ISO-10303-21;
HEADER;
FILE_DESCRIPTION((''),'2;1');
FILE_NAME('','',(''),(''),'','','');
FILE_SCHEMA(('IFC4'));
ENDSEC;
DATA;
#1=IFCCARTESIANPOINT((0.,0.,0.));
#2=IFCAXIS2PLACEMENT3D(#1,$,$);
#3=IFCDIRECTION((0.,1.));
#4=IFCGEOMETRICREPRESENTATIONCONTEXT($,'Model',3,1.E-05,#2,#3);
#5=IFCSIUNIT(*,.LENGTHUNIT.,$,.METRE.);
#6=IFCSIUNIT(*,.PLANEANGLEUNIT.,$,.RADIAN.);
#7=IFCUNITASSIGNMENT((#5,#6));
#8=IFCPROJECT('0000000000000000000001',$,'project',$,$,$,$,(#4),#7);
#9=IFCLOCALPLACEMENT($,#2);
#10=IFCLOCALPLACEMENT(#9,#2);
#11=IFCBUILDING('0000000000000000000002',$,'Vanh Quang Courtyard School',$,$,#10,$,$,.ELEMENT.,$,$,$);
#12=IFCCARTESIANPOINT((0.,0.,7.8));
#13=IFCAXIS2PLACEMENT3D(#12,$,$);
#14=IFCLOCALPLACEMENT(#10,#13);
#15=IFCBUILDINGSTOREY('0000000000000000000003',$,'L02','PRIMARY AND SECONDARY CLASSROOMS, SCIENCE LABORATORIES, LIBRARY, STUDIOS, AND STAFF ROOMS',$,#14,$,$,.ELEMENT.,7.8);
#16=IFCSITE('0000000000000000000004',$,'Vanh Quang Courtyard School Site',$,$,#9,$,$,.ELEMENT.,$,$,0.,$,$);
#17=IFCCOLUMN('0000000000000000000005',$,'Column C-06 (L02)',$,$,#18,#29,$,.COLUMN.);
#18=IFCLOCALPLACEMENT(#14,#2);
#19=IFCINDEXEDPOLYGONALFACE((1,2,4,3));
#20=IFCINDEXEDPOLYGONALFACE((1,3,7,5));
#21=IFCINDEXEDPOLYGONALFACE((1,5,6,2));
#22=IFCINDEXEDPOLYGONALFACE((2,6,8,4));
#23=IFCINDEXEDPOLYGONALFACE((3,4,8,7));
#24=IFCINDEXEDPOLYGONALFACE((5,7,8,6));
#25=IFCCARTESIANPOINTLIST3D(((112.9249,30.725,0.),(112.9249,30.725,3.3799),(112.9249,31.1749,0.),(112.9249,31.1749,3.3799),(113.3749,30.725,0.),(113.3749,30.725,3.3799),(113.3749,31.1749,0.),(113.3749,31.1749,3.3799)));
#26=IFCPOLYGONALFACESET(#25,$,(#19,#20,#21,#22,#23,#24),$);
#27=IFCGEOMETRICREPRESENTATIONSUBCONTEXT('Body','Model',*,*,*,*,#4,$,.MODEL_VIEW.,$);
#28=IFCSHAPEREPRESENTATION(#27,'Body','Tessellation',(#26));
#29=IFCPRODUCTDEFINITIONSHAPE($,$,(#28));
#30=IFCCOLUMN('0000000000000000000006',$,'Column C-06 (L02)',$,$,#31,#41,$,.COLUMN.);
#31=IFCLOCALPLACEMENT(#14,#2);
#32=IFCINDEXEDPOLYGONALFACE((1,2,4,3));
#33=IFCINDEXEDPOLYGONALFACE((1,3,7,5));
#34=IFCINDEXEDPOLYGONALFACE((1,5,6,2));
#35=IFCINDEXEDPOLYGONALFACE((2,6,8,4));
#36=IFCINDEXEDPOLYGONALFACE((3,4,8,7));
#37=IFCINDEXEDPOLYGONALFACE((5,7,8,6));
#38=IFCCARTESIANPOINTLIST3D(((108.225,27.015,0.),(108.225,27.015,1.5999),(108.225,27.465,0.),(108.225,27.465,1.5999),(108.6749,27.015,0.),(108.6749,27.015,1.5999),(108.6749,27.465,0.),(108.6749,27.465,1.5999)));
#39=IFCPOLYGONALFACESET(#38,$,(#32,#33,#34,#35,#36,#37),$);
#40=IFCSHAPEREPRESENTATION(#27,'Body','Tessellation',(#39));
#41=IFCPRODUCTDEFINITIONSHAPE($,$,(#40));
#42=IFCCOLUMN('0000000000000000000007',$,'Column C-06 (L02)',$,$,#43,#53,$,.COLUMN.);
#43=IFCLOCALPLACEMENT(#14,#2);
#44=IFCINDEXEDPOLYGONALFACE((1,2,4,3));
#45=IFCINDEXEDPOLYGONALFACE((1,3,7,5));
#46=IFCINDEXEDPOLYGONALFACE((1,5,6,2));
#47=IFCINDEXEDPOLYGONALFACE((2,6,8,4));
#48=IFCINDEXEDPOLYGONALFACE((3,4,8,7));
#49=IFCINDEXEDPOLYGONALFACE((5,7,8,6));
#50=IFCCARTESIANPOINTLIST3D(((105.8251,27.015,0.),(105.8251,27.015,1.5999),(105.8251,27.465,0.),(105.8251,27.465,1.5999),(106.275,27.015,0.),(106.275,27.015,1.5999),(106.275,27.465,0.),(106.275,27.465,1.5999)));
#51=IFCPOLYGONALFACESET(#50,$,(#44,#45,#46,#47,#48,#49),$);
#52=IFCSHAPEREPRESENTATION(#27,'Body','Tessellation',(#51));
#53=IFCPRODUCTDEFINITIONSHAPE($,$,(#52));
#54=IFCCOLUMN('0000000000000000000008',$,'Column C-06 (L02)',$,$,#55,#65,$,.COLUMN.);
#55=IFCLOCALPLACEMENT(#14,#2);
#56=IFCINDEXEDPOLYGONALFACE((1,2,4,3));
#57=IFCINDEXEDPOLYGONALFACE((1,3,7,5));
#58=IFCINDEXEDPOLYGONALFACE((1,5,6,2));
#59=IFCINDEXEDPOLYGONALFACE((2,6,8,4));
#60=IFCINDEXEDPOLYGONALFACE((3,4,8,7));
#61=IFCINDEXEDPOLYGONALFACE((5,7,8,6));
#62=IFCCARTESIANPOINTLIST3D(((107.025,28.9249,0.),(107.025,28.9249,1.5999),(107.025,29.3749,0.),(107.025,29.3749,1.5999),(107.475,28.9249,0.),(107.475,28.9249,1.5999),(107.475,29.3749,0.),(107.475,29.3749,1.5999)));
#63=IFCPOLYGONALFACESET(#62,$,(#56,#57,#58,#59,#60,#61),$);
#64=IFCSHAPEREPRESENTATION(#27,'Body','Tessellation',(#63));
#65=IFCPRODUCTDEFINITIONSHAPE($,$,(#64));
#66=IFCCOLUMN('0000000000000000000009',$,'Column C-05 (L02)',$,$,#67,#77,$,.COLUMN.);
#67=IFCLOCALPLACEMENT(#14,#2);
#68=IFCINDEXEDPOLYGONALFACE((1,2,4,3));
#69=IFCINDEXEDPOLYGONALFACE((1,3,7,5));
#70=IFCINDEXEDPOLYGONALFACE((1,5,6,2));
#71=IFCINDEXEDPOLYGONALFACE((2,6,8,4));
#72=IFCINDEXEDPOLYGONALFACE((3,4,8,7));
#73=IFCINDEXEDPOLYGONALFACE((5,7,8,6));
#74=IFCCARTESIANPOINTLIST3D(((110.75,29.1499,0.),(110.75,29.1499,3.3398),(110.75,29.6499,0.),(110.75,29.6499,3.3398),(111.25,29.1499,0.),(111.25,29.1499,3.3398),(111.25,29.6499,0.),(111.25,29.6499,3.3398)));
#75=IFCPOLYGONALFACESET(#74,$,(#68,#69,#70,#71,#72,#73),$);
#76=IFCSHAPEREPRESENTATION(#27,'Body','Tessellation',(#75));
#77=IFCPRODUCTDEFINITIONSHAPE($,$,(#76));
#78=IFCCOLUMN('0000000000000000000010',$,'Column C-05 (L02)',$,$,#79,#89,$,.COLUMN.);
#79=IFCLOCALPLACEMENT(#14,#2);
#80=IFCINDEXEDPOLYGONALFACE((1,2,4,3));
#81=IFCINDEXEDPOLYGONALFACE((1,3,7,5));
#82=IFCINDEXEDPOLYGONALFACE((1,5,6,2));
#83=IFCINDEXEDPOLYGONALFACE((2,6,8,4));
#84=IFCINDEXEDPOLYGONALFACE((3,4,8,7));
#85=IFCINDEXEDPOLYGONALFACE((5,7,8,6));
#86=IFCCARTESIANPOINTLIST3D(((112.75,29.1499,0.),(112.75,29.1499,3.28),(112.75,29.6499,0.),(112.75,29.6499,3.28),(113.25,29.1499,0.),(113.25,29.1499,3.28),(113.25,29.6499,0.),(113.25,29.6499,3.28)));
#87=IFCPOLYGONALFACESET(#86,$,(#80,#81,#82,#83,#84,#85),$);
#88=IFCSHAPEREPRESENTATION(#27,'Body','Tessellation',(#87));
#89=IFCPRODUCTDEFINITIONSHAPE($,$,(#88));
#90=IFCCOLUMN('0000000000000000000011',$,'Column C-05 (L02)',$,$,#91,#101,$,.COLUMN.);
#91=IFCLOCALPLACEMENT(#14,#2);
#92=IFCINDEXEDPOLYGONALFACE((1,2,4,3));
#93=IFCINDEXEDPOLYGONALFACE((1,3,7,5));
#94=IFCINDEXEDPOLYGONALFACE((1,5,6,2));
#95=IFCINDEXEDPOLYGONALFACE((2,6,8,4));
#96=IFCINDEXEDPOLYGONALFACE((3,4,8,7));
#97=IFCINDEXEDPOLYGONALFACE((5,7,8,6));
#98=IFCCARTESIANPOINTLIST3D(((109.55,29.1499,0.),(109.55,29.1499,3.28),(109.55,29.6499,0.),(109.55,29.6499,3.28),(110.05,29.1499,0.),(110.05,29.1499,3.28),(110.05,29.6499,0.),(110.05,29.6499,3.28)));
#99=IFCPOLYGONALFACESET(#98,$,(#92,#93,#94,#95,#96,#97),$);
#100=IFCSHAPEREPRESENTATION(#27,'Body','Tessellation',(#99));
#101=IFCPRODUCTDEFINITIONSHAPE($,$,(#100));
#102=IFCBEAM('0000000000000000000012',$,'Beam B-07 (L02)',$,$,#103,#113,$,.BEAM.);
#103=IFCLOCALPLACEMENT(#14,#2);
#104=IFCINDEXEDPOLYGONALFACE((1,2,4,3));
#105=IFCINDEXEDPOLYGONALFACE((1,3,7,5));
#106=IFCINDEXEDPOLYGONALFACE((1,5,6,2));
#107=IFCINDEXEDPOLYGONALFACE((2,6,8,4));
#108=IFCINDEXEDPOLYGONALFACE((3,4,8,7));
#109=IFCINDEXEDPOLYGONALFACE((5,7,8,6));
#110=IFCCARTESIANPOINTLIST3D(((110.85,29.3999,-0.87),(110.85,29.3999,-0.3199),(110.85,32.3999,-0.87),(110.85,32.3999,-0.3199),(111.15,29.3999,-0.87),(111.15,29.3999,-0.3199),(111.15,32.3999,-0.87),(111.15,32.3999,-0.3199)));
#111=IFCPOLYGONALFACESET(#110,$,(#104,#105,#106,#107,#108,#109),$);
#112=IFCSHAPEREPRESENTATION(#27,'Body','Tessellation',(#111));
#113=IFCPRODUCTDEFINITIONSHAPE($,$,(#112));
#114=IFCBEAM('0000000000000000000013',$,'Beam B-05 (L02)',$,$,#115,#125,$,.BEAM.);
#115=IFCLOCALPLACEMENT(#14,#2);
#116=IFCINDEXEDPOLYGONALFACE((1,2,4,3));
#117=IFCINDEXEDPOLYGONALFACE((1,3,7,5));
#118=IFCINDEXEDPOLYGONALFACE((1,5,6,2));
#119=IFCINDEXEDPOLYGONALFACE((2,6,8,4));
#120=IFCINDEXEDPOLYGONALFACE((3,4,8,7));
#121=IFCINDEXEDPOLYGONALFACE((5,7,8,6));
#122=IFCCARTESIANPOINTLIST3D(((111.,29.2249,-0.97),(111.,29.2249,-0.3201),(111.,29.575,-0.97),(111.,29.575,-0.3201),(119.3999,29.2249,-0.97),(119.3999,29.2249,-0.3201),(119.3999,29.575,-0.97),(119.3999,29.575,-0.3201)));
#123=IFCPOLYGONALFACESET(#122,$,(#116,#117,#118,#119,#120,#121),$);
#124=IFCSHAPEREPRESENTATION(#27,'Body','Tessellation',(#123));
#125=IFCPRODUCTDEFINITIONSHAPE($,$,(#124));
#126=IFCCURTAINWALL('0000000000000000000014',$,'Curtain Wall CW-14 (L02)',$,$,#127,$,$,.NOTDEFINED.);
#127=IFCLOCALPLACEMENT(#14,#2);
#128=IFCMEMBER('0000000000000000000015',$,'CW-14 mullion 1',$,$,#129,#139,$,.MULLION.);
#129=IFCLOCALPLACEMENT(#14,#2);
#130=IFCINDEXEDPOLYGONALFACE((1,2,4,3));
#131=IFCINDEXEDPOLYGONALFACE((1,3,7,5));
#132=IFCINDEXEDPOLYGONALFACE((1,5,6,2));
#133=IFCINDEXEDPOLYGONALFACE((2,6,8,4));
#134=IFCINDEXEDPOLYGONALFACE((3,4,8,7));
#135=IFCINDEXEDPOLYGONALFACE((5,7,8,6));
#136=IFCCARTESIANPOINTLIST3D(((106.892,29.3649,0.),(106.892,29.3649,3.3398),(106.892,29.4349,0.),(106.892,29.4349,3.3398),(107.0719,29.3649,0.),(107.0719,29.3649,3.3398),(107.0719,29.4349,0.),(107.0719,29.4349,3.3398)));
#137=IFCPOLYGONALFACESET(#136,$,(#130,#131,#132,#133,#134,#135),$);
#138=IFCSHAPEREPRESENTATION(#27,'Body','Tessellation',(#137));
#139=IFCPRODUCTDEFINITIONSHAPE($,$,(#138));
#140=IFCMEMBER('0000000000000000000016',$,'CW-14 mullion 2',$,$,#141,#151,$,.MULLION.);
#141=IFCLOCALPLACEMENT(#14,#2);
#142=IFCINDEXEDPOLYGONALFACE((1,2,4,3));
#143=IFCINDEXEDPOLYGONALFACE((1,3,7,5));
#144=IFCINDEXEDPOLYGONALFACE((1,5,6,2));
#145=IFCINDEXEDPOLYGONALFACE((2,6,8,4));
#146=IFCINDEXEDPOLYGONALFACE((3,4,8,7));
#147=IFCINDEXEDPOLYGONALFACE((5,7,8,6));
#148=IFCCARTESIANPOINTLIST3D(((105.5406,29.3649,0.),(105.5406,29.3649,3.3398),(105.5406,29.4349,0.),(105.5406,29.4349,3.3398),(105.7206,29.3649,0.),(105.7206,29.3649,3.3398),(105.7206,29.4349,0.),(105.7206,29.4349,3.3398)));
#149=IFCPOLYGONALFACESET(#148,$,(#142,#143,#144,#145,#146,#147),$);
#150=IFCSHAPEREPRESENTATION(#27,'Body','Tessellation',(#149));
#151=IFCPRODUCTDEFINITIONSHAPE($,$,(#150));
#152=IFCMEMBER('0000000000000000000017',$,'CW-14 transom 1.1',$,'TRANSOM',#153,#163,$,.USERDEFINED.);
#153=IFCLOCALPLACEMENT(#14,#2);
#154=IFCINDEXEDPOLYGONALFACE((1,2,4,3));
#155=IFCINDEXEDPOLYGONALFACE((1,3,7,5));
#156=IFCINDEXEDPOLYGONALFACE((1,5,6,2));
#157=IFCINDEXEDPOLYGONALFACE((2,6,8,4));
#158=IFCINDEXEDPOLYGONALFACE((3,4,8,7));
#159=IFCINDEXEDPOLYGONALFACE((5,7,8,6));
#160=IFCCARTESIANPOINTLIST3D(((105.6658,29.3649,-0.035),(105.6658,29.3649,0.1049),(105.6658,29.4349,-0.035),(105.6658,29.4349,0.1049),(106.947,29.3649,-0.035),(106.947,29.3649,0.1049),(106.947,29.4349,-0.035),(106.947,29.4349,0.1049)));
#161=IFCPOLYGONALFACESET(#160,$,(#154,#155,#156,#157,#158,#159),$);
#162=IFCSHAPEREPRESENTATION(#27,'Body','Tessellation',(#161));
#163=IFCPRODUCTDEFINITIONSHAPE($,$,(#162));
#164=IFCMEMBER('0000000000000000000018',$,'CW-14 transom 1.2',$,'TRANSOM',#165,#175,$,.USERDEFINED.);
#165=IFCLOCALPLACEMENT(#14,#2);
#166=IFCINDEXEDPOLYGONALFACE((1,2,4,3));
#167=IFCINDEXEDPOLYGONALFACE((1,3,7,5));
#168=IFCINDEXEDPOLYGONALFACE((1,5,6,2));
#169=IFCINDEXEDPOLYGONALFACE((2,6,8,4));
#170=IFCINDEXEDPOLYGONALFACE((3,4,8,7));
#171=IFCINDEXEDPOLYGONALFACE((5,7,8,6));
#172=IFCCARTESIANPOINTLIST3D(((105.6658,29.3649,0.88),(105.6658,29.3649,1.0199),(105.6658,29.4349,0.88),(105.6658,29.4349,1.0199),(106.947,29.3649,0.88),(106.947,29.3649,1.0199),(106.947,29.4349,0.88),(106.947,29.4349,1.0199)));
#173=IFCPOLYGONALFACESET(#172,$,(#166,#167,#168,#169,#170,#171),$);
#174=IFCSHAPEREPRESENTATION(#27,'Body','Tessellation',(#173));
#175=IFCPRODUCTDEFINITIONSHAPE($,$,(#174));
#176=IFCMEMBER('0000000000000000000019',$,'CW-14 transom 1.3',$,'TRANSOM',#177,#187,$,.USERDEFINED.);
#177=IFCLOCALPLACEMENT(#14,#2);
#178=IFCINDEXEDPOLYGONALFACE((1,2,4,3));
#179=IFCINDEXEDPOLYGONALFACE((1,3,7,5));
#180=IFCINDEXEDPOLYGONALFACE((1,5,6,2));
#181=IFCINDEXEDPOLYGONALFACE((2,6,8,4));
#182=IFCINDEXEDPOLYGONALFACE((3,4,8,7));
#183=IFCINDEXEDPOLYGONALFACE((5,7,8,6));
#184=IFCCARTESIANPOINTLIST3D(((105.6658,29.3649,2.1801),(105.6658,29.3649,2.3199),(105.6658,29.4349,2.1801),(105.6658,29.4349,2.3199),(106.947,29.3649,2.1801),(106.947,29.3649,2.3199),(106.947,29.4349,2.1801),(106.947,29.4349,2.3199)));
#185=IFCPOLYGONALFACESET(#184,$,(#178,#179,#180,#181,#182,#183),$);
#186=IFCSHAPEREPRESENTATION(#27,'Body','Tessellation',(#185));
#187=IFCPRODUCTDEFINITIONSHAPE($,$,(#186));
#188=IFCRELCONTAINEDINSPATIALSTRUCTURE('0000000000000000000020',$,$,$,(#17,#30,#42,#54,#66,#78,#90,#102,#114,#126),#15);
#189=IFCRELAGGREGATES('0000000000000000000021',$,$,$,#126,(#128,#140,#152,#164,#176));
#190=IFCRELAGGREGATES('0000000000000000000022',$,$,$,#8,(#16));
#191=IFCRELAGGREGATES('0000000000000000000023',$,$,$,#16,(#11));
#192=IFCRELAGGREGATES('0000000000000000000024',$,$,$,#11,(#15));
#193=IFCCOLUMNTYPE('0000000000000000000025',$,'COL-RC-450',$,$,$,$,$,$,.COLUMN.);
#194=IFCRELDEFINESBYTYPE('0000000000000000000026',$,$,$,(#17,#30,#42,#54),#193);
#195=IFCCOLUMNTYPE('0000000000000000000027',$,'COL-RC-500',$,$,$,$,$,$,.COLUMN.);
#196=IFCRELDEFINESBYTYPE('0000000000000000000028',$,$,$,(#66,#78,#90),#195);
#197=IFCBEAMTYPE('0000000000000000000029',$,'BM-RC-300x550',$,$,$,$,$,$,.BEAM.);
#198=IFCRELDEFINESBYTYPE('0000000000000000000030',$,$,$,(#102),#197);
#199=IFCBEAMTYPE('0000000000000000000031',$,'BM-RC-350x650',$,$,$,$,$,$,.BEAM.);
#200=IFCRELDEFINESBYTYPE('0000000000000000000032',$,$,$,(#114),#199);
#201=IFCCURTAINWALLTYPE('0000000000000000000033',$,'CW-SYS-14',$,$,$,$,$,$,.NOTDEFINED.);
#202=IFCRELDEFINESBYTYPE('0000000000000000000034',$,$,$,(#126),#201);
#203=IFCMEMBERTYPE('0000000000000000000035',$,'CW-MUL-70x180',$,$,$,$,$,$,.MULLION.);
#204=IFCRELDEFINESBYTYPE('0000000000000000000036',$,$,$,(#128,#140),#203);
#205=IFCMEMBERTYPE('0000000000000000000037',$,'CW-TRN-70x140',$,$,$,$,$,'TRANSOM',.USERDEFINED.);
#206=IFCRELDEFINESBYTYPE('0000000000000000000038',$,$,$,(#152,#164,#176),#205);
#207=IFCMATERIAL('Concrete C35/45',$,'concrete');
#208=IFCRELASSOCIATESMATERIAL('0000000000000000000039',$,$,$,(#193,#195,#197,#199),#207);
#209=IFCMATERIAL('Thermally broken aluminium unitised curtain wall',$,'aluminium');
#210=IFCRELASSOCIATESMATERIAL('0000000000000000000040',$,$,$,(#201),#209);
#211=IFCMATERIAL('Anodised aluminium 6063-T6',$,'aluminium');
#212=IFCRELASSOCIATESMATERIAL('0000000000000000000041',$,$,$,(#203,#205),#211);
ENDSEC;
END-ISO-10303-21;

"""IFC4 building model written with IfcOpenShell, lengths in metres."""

from ifc_helpers import new_model, si_unit, direction, frame, origin, origin_2d, place, context, subcontext, project, spatial, rectangle, extrude, material, material_profile, profile_set, type_object, element, aggregate, save


model = new_model("IFC4")

# Units and contexts
model_context = context("Model", 3, precision=1e-05, world=origin(), true_north=direction((0.0, 1.0)))
body_context = subcontext(model_context, "Body", "Model", "MODEL_VIEW")
ifc_project = project(units=[si_unit("LENGTHUNIT", "METRE"), si_unit("PLANEANGLEUNIT", "RADIAN")], contexts=[model_context])

# Site, building, storey
site_placement = place(None, origin())
site = spatial("IfcSite", under=ifc_project, at=site_placement, Name="Vanh Quang Courtyard School Site", CompositionType="ELEMENT", RefElevation=0.0)
building_placement = place(site_placement, origin())
building = spatial("IfcBuilding", under=site, at=building_placement, Name="Vanh Quang Courtyard School", CompositionType="ELEMENT")
storey_placement = place(building_placement, frame((0.0, 0.0, 7.8)))
storey = spatial("IfcBuildingStorey", under=building, at=storey_placement, Name="L02", Description="PRIMARY AND SECONDARY CLASSROOMS, SCIENCE LABORATORIES, LIBRARY, STUDIOS, AND STAFF ROOMS", CompositionType="ELEMENT", Elevation=7.8)

# Columns
ifc_material_1 = material(Name="Concrete C35/45", Category="concrete")
ifc_material_profile_1 = material_profile(ifc_material_1, rectangle(XDim=0.45, YDim=0.45, at=origin_2d()), Name="RC-COL 450x450")
ifc_profile_set_1 = profile_set([ifc_material_profile_1], Name="Concrete C35/45")
column_type_1 = type_object("IfcColumnType", Name="COL-RC-450", PredefinedType="COLUMN", material=ifc_profile_set_1)
column_1_placement = place(storey_placement, frame((113.1499, 30.95, 0.0), z_axis=(0.0, 0.0, 1.0), x_axis=(1.0, 0.0, 0.0)))
element("IfcColumn", 1, at=column_1_placement, inside=storey, type_object=column_type_1, Name="Column C-06 (L02)", PredefinedType="COLUMN", context=body_context, shape_type="SweptSolid", body=[
    extrude(rectangle(XDim=0.45, YDim=0.45, at=origin_2d()), origin(), (0.0, 0.0, 1.0), 3.3799),
])
for number, where, z_axis, x_axis, name in (
    (2, (108.45, 27.24, 0.0), (0.0, 0.0, 1.0), (1.0, 0.0, 0.0), "Column C-06 (L02)"),
    (3, (106.05, 27.24, 0.0), (0.0, 0.0, 1.0), (1.0, 0.0, 0.0), "Column C-06 (L02)"),
    (4, (107.25, 29.1499, 0.0), (0.0, 0.0, 1.0), (1.0, 0.0, 0.0), "Column C-06 (L02)"),
):
    element("IfcColumn", number, at=place(storey_placement, frame(where, z_axis=z_axis, x_axis=x_axis)), inside=storey, type_object=column_type_1, Name=name, PredefinedType="COLUMN", context=body_context, shape_type="SweptSolid", body=[
        extrude(rectangle(XDim=0.45, YDim=0.45, at=origin_2d()), origin(), (0.0, 0.0, 1.0), 1.5999),
    ])
ifc_material_profile_2 = material_profile(ifc_material_1, rectangle(XDim=0.5, YDim=0.5, at=origin_2d()), Name="RC-COL 500x500")
ifc_profile_set_2 = profile_set([ifc_material_profile_2], Name="Concrete C35/45")
column_type_2 = type_object("IfcColumnType", Name="COL-RC-500", PredefinedType="COLUMN", material=ifc_profile_set_2)
column_2_placement = place(storey_placement, frame((111.0, 29.3999, 0.0), z_axis=(0.0, 0.0, 1.0), x_axis=(1.0, 0.0, 0.0)))
element("IfcColumn", 5, at=column_2_placement, inside=storey, type_object=column_type_2, Name="Column C-05 (L02)", PredefinedType="COLUMN", context=body_context, shape_type="SweptSolid", body=[
    extrude(rectangle(XDim=0.5, YDim=0.5, at=origin_2d()), origin(), (0.0, 0.0, 1.0), 3.3398),
])
for number, where, z_axis, x_axis, name in (
    (6, (113.0, 29.3999, 0.0), (0.0, 0.0, 1.0), (1.0, 0.0, 0.0), "Column C-05 (L02)"),
    (7, (109.8, 29.3999, 0.0), (0.0, 0.0, 1.0), (1.0, 0.0, 0.0), "Column C-05 (L02)"),
):
    element("IfcColumn", number, at=place(storey_placement, frame(where, z_axis=z_axis, x_axis=x_axis)), inside=storey, type_object=column_type_2, Name=name, PredefinedType="COLUMN", context=body_context, shape_type="SweptSolid", body=[
        extrude(rectangle(XDim=0.5, YDim=0.5, at=origin_2d()), origin(), (0.0, 0.0, 1.0), 3.28),
    ])

# Beams
ifc_material_profile_3 = material_profile(ifc_material_1, rectangle(XDim=0.3, YDim=0.55, at=origin_2d()), Name="RC-BM 300x550")
ifc_profile_set_3 = profile_set([ifc_material_profile_3], Name="Concrete C35/45")
beam_type_1 = type_object("IfcBeamType", Name="BM-RC-300x550", PredefinedType="BEAM", material=ifc_profile_set_3)
beam_1_placement = place(storey_placement, frame((111.0, 29.3999, -0.595), z_axis=(0.0, 1.0, 0.0), x_axis=(-1.0, 0.0, 0.0)))
element("IfcBeam", 8, at=beam_1_placement, inside=storey, type_object=beam_type_1, Name="Beam B-07 (L02)", PredefinedType="BEAM", context=body_context, shape_type="SweptSolid", body=[
    extrude(rectangle(XDim=0.3, YDim=0.55, at=origin_2d()), origin(), (0.0, 0.0, 1.0), 3.0),
])
ifc_material_profile_4 = material_profile(ifc_material_1, rectangle(XDim=0.3501, YDim=0.6499, at=origin_2d()), Name="RC-BM 350x650")
ifc_profile_set_4 = profile_set([ifc_material_profile_4], Name="Concrete C35/45")
beam_type_2 = type_object("IfcBeamType", Name="BM-RC-350x650", PredefinedType="BEAM", material=ifc_profile_set_4)
beam_2_placement = place(storey_placement, frame((111.0, 29.3999, -0.645), z_axis=(1.0, 0.0, 0.0), x_axis=(0.0, 1.0, 0.0)))
element("IfcBeam", 9, at=beam_2_placement, inside=storey, type_object=beam_type_2, Name="Beam B-05 (L02)", PredefinedType="BEAM", context=body_context, shape_type="SweptSolid", body=[
    extrude(rectangle(XDim=0.3501, YDim=0.6499, at=origin_2d()), origin(), (0.0, 0.0, 1.0), 8.3999),
])

# Curtain wall, members
ifc_material_2 = material(Name="Thermally broken aluminium unitised curtain wall", Category="aluminium")
curtain_wall_type = type_object("IfcCurtainWallType", Name="CW-SYS-14", PredefinedType="NOTDEFINED", material=ifc_material_2)
curtain_wall_placement = place(storey_placement, origin())
curtain_wall = element("IfcCurtainWall", 10, at=curtain_wall_placement, inside=storey, type_object=curtain_wall_type, Name="Curtain Wall CW-14 (L02)", PredefinedType="NOTDEFINED")
ifc_material_3 = material(Name="Anodised aluminium 6063-T6", Category="aluminium")
ifc_material_profile_5 = material_profile(ifc_material_3, rectangle(XDim=0.0701, YDim=0.1799, at=origin_2d()), Name="ALU-MUL 70x180")
ifc_profile_set_5 = profile_set([ifc_material_profile_5], Name="Anodised aluminium 6063-T6")
member_type_1 = type_object("IfcMemberType", Name="CW-MUL-70x180", PredefinedType="MULLION", material=ifc_profile_set_5)
member_1_placement = place(storey_placement, frame((106.9819, 29.3999, 0.0), z_axis=(0.0, 0.0, 1.0), x_axis=(0.0, -1.0, 0.0)))
member_1 = element("IfcMember", 11, at=member_1_placement, type_object=member_type_1, Name="CW-14 mullion 1", PredefinedType="MULLION", context=body_context, shape_type="SweptSolid", body=[
    extrude(rectangle(XDim=0.0701, YDim=0.1799, at=origin_2d()), origin(), (0.0, 0.0, 1.0), 3.3398),
])
member_2_placement = place(storey_placement, frame((105.6306, 29.3999, 0.0), z_axis=(0.0, 0.0, 1.0), x_axis=(0.0, -1.0, 0.0)))
member_2 = element("IfcMember", 12, at=member_2_placement, type_object=member_type_1, Name="CW-14 mullion 2", PredefinedType="MULLION", context=body_context, shape_type="SweptSolid", body=[
    extrude(rectangle(XDim=0.0701, YDim=0.1799, at=origin_2d()), origin(), (0.0, 0.0, 1.0), 3.3398),
])
ifc_material_profile_6 = material_profile(ifc_material_3, rectangle(XDim=0.0701, YDim=0.1399, at=origin_2d()), Name="ALU-TRN 70x140")
ifc_profile_set_6 = profile_set([ifc_material_profile_6], Name="Anodised aluminium 6063-T6")
member_type_2 = type_object("IfcMemberType", Name="CW-TRN-70x140", ElementType="TRANSOM", PredefinedType="USERDEFINED", material=ifc_profile_set_6)
member_3_placement = place(storey_placement, frame((106.947, 29.3999, 0.0349), z_axis=(-1.0, 0.0, 0.0), x_axis=(0.0, -1.0, 0.0)))
member_3 = element("IfcMember", 13, at=member_3_placement, type_object=member_type_2, Name="CW-14 transom 1.1", ObjectType="TRANSOM", PredefinedType="USERDEFINED", context=body_context, shape_type="SweptSolid", body=[
    extrude(rectangle(XDim=0.0701, YDim=0.1399, at=origin_2d()), origin(), (0.0, 0.0, 1.0), 1.2812),
])
member_4_placement = place(storey_placement, frame((106.947, 29.3999, 0.95), z_axis=(-1.0, 0.0, 0.0), x_axis=(0.0, -1.0, 0.0)))
member_4 = element("IfcMember", 14, at=member_4_placement, type_object=member_type_2, Name="CW-14 transom 1.2", ObjectType="TRANSOM", PredefinedType="USERDEFINED", context=body_context, shape_type="SweptSolid", body=[
    extrude(rectangle(XDim=0.0701, YDim=0.1399, at=origin_2d()), origin(), (0.0, 0.0, 1.0), 1.2812),
])
member_5_placement = place(storey_placement, frame((106.947, 29.3999, 2.25), z_axis=(-1.0, 0.0, 0.0), x_axis=(0.0, -1.0, 0.0)))
member_5 = element("IfcMember", 15, at=member_5_placement, type_object=member_type_2, Name="CW-14 transom 1.3", ObjectType="TRANSOM", PredefinedType="USERDEFINED", context=body_context, shape_type="SweptSolid", body=[
    extrude(rectangle(XDim=0.0701, YDim=0.1399, at=origin_2d()), origin(), (0.0, 0.0, 1.0), 1.2812),
])
aggregate(curtain_wall, [member_1, member_2, member_3, member_4, member_5])

save(model, "model.ifc")
